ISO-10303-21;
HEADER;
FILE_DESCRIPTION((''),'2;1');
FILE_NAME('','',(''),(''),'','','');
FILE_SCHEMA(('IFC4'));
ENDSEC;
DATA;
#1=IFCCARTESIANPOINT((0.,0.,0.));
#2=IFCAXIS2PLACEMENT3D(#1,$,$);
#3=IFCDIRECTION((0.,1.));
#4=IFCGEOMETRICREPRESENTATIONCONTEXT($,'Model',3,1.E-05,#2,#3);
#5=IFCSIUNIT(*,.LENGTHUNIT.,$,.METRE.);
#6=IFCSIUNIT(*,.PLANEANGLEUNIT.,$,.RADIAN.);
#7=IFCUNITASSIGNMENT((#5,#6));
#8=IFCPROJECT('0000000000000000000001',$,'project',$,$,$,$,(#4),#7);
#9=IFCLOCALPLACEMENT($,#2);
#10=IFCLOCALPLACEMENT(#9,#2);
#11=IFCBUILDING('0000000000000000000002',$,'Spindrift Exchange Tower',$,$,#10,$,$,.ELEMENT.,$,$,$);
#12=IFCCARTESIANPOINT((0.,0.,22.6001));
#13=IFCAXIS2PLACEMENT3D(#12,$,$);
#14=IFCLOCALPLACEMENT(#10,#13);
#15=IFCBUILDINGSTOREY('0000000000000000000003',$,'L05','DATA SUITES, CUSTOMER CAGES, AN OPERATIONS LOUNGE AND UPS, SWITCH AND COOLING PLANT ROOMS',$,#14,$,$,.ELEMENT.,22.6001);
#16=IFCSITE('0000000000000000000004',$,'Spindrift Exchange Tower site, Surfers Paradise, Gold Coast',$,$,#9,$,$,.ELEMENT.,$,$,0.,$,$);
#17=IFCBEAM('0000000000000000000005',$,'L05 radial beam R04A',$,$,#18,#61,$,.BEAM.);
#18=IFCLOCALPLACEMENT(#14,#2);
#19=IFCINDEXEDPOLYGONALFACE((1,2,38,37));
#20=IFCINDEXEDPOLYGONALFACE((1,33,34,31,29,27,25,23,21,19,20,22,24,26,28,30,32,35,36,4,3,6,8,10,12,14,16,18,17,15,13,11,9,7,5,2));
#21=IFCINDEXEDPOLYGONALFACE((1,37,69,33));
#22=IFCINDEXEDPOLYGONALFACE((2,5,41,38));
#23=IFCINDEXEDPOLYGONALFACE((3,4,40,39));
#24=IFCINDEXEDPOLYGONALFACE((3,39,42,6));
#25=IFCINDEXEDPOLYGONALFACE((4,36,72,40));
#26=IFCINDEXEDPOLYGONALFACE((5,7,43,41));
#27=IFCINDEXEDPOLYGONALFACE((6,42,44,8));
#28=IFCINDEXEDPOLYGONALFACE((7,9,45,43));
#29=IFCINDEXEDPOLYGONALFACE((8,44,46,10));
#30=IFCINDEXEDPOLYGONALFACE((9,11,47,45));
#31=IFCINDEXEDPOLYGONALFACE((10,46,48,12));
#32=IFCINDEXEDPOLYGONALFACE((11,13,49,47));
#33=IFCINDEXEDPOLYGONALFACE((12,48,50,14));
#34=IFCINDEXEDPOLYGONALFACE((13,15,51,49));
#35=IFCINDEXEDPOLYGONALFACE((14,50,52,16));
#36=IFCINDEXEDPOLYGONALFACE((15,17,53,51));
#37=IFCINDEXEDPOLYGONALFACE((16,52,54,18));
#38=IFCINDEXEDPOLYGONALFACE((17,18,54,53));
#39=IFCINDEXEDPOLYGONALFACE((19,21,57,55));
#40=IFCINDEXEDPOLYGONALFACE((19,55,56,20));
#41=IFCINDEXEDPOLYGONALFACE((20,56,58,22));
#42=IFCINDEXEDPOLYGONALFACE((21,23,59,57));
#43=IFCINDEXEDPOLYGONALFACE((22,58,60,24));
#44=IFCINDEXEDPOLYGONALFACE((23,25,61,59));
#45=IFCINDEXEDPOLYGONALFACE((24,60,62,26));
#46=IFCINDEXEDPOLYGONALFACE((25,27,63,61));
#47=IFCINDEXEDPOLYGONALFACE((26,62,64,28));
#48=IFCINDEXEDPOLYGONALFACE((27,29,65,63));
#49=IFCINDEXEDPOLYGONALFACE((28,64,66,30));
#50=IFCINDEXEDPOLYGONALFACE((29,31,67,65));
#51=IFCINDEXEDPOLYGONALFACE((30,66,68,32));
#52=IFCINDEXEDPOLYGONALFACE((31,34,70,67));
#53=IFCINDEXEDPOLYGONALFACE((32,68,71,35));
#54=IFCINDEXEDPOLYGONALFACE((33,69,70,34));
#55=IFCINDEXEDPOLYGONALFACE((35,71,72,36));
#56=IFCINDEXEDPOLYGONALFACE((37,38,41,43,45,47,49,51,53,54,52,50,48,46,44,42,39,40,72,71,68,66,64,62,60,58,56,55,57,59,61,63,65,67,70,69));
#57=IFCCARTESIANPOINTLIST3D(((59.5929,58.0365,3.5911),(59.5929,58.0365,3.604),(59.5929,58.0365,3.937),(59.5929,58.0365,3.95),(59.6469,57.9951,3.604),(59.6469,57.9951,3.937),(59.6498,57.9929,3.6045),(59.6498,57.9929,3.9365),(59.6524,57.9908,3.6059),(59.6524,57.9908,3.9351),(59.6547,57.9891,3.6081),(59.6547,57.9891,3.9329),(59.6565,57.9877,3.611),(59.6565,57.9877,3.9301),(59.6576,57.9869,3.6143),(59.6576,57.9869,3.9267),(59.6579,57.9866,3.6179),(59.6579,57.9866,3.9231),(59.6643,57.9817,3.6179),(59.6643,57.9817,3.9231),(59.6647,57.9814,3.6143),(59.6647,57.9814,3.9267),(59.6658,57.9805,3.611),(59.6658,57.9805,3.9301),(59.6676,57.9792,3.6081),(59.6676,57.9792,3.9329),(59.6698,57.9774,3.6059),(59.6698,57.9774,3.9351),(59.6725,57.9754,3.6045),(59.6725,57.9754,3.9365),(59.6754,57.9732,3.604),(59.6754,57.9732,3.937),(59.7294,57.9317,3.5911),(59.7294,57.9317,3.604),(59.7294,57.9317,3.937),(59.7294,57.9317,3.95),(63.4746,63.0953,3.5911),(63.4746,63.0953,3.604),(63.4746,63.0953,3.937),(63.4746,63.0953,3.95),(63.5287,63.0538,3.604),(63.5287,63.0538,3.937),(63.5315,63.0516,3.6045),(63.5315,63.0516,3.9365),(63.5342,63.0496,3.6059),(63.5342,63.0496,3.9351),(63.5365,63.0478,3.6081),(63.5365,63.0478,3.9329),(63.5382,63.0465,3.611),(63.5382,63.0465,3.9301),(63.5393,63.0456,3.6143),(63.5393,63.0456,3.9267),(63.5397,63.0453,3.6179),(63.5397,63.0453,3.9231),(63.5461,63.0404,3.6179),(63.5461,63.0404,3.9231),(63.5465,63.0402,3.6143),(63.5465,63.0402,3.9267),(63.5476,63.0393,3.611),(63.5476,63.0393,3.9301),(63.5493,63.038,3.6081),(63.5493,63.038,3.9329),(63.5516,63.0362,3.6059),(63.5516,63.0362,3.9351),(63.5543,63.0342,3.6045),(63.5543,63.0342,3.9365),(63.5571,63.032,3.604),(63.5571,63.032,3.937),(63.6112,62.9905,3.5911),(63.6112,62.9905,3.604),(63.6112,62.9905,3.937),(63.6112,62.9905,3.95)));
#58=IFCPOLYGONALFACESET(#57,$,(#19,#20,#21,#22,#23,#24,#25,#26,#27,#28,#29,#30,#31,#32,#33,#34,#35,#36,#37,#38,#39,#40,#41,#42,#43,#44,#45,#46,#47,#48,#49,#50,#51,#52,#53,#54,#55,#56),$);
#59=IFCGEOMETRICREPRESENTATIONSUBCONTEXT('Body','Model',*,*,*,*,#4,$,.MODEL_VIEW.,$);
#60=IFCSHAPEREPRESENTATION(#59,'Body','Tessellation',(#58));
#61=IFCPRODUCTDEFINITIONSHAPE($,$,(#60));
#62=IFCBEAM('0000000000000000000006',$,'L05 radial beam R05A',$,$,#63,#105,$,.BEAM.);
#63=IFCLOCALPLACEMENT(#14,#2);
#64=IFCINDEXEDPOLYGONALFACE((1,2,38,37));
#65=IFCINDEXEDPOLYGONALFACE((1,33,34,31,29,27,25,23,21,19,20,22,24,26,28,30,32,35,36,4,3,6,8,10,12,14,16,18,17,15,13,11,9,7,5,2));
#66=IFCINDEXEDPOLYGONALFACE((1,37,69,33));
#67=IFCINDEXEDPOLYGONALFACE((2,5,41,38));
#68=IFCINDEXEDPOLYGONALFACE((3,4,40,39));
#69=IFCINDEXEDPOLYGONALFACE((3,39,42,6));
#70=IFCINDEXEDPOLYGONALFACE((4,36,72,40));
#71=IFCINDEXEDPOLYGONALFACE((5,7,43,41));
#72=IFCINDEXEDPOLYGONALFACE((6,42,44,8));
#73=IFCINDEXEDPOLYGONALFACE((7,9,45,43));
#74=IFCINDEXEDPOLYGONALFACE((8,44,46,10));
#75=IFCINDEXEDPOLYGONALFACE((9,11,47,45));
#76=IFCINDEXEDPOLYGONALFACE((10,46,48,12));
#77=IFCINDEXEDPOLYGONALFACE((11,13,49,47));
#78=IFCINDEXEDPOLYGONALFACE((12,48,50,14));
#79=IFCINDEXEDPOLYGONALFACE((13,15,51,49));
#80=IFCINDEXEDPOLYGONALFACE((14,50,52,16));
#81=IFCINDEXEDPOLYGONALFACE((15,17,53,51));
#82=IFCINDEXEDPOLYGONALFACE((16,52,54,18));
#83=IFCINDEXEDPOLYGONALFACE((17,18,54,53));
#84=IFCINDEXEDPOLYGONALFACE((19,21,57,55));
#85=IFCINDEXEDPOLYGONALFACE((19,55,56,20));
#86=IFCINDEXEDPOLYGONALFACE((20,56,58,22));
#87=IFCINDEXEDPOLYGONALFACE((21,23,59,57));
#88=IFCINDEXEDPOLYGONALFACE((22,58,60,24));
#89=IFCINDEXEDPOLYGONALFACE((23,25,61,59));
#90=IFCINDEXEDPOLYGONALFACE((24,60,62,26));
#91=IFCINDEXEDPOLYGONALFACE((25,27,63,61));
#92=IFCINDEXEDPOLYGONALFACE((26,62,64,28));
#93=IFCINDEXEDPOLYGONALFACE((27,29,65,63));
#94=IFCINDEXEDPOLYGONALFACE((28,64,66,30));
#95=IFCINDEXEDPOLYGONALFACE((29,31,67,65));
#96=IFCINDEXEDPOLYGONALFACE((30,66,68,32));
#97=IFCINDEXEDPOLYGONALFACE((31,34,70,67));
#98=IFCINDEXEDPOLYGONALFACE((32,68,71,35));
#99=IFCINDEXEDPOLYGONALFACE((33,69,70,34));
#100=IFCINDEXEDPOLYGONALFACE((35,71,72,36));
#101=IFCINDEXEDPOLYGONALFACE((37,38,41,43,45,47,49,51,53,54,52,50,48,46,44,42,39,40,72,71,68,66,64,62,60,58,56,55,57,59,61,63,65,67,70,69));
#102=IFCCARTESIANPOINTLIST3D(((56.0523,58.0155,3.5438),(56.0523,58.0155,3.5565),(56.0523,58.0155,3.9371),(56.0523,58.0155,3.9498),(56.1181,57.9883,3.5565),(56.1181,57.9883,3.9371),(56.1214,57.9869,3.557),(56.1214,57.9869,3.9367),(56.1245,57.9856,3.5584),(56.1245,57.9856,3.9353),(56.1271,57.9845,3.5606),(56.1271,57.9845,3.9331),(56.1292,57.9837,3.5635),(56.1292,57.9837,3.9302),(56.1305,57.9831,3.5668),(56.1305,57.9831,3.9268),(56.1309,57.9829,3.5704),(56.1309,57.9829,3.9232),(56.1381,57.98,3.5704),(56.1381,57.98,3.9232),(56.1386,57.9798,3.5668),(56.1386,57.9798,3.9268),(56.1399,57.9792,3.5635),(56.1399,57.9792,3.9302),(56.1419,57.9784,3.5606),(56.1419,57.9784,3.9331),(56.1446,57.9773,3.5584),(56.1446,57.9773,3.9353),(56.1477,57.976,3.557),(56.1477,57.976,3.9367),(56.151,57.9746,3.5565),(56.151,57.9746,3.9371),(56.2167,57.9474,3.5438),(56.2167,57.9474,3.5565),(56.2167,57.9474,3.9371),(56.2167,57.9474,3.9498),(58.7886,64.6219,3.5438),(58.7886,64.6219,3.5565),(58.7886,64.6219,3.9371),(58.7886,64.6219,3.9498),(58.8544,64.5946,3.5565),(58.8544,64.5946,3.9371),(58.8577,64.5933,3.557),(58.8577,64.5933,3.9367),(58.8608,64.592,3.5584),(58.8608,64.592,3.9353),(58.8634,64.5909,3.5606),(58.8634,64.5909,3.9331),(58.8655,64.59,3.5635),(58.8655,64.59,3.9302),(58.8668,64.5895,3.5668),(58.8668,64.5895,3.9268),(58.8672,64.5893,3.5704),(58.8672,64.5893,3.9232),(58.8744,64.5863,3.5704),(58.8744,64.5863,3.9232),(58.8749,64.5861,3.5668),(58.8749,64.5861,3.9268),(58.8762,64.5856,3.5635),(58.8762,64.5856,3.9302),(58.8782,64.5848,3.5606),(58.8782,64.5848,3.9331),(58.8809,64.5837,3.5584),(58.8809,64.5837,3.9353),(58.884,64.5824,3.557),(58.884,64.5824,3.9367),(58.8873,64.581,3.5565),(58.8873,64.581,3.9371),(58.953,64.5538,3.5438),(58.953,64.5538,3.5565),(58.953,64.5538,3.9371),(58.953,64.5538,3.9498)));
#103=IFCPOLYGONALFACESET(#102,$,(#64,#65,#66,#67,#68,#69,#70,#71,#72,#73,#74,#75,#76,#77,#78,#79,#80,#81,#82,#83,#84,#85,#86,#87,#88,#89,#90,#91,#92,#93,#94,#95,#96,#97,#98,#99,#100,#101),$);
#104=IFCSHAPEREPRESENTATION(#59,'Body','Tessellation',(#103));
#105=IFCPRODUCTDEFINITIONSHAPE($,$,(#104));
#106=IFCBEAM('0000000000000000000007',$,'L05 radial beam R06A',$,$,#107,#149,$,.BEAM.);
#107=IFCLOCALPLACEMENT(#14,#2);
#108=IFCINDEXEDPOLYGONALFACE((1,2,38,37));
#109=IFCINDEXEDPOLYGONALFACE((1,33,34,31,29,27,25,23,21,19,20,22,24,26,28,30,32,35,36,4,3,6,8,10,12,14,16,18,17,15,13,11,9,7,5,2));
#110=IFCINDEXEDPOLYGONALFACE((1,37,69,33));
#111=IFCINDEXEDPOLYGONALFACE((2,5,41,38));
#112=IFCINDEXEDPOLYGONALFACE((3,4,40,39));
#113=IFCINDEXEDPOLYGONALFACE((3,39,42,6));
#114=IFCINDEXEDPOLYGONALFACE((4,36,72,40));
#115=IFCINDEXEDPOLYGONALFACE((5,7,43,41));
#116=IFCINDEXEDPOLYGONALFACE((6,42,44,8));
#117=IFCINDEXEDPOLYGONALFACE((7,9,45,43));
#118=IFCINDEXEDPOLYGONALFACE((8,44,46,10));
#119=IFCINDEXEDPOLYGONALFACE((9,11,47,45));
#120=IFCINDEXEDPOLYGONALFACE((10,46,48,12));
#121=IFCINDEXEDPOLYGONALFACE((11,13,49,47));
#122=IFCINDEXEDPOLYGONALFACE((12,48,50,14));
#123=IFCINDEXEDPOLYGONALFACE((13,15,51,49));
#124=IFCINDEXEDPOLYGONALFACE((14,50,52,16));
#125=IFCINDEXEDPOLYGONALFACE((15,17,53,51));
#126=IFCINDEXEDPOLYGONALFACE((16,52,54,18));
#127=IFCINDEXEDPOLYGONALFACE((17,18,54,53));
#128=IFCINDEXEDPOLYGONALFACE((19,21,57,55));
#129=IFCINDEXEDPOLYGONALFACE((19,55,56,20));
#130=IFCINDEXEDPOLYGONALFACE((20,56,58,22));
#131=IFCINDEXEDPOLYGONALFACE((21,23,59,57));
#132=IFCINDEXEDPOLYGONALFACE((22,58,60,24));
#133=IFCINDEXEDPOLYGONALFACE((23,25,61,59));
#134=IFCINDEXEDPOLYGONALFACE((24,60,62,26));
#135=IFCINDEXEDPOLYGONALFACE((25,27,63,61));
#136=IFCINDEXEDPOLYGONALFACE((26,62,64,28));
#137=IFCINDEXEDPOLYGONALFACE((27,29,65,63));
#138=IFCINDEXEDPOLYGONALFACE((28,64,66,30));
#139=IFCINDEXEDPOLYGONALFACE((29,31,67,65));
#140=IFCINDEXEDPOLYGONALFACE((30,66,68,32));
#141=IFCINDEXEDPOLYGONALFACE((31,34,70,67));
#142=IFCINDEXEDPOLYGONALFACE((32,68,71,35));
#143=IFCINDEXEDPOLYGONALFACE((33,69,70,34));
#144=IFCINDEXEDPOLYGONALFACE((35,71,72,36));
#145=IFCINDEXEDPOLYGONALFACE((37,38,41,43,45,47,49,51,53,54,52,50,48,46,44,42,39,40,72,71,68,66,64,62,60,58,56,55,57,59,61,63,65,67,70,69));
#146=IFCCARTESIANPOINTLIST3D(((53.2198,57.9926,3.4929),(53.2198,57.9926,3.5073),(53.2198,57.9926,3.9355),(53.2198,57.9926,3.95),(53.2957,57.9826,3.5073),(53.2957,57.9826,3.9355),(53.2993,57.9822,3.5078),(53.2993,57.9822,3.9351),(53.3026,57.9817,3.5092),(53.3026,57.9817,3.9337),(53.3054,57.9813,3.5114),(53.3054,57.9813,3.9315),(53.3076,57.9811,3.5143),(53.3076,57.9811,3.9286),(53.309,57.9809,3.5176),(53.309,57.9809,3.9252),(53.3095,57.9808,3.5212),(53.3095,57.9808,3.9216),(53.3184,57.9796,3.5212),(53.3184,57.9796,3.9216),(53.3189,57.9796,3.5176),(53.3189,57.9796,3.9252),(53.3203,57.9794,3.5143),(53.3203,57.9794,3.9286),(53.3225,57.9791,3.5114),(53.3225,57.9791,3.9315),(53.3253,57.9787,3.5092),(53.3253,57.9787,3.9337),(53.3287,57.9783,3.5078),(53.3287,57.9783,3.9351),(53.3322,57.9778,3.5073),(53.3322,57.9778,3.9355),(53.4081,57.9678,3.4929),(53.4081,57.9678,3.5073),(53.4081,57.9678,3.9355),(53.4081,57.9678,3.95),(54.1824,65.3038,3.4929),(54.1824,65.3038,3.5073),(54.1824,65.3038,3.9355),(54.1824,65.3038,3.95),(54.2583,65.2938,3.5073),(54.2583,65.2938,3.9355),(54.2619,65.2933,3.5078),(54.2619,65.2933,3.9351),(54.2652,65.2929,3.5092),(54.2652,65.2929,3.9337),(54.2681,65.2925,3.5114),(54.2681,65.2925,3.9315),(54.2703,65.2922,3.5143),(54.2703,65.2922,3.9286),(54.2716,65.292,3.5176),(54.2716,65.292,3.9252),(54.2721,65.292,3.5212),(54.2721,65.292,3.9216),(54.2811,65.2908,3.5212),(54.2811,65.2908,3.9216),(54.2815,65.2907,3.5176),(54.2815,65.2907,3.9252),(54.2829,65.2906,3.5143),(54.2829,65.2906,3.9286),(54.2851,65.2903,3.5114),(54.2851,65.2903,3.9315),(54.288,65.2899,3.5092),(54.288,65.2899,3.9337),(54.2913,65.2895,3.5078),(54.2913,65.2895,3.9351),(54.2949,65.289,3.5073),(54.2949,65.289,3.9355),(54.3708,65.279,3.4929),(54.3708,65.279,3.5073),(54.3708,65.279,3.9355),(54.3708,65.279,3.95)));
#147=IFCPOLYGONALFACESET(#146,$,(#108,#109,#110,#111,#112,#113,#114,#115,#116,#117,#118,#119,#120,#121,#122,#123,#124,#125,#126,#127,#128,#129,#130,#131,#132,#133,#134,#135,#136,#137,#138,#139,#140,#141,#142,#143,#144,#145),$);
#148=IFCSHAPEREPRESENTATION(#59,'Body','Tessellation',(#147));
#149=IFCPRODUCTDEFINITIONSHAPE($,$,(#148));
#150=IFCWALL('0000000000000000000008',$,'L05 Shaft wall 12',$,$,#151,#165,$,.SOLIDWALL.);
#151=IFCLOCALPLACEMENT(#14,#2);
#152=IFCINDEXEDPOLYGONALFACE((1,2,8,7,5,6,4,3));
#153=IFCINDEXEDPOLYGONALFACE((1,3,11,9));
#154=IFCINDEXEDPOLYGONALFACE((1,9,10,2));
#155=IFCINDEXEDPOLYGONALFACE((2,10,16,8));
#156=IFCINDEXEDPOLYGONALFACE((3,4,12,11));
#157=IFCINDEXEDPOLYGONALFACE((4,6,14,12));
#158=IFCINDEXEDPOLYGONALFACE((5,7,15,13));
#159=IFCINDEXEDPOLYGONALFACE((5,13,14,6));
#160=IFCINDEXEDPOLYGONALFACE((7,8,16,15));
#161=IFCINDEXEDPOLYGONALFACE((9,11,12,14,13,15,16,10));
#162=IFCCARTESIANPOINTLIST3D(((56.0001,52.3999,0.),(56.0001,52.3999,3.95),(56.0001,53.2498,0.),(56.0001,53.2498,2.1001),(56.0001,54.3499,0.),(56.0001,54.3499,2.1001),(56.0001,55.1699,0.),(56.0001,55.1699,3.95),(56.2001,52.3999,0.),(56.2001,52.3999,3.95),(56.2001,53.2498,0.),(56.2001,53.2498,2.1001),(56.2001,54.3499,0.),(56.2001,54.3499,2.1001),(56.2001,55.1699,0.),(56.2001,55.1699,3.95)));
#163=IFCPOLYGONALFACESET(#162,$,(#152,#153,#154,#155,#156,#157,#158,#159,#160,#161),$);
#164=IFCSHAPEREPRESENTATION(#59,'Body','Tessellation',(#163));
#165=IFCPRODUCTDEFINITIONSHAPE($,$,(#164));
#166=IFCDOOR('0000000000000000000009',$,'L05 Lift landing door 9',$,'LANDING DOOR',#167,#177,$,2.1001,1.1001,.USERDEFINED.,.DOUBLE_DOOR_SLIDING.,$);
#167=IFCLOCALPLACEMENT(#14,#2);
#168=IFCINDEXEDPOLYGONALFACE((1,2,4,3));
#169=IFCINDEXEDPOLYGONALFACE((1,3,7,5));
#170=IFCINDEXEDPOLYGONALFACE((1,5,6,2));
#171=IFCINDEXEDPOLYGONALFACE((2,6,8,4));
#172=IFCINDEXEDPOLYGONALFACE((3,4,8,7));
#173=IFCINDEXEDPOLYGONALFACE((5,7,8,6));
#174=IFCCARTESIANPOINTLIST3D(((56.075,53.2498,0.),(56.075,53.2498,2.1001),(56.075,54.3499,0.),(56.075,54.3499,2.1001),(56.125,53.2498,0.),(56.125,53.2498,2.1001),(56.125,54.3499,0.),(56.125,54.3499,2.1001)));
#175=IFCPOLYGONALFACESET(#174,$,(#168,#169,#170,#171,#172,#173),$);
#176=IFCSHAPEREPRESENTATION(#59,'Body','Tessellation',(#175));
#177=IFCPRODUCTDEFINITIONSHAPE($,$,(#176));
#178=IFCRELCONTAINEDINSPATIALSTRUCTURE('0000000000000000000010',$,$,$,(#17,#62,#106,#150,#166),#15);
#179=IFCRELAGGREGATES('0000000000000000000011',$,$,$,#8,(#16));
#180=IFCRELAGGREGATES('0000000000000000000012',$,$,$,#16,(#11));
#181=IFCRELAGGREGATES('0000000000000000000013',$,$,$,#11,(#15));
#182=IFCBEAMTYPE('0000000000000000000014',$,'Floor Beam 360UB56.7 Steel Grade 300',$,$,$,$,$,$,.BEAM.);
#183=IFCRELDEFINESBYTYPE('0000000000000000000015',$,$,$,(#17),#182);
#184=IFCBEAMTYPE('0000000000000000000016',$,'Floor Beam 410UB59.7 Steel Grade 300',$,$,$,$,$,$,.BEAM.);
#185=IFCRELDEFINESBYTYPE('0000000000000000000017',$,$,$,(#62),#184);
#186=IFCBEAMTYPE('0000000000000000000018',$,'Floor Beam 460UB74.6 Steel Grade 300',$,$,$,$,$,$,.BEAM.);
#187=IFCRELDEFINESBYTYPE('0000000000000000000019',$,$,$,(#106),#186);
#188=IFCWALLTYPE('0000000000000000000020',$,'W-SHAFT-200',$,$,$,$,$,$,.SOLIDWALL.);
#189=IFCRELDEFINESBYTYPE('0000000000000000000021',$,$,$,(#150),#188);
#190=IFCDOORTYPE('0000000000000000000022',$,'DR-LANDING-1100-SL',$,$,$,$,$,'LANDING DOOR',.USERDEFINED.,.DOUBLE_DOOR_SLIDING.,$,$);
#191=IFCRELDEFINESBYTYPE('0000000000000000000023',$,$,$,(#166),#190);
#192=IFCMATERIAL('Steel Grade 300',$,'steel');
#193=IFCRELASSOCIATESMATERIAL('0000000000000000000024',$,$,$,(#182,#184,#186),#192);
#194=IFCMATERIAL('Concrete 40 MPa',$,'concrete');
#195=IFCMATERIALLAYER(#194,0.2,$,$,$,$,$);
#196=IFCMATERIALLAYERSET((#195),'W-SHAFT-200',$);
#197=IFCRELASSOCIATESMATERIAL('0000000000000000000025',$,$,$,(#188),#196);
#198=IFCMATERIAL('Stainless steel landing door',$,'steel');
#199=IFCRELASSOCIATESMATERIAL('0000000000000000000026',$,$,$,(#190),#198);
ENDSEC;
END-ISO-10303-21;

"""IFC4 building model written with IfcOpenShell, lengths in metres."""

from ifc_helpers import new_model, si_unit, direction, frame, frame_2d, origin, origin_2d, place, context, subcontext, project, spatial, rectangle, i_section, extrude, source, transform, mapped, material, layer, layer_set, material_profile, profile_set, type_object, element, fill, save


model = new_model("IFC4")

# Units and contexts
model_context = context("Model", 3, precision=1e-05, world=origin(), true_north=direction((0.0, 1.0)))
body_context = subcontext(model_context, "Body", "Model", "MODEL_VIEW")
ifc_project = project(units=[si_unit("LENGTHUNIT", "METRE"), si_unit("PLANEANGLEUNIT", "RADIAN")], contexts=[model_context])

# Site, building, storey
site_placement = place(None, origin())
site = spatial("IfcSite", under=ifc_project, at=site_placement, Name="Spindrift Exchange Tower site, Surfers Paradise, Gold Coast", CompositionType="ELEMENT", RefElevation=0.0)
building_placement = place(site_placement, origin())
building = spatial("IfcBuilding", under=site, at=building_placement, Name="Spindrift Exchange Tower", CompositionType="ELEMENT")
storey_placement = place(building_placement, frame((0.0, 0.0, 22.6001)))
storey = spatial("IfcBuildingStorey", under=building, at=storey_placement, Name="L05", Description="DATA SUITES, CUSTOMER CAGES, AN OPERATIONS LOUNGE AND UPS, SWITCH AND COOLING PLANT ROOMS", CompositionType="ELEMENT", Elevation=22.6001)

# Beams
ifc_material_1 = material(Name="Steel Grade 300", Category="steel")
ifc_material_profile_1 = material_profile(ifc_material_1, i_section(OverallWidth=0.1721, OverallDepth=0.3589, WebThickness=0.0081, FlangeThickness=0.0129, FilletRadius=0.0139, at=origin_2d()), Name="360UB56.7")
ifc_profile_set_1 = profile_set([ifc_material_profile_1], Name="Steel Grade 300")
beam_type_1 = type_object("IfcBeamType", Name="Floor Beam 360UB56.7 Steel Grade 300", PredefinedType="BEAM", material=ifc_profile_set_1)
shared_shape_1 = source(origin(), body_context, "Body", "SweptSolid", [
    extrude(i_section(OverallWidth=0.1721, OverallDepth=0.3589, WebThickness=0.0081, FlangeThickness=0.0129, FilletRadius=0.0139, at=origin_2d()), origin(), (0.0, 0.0, 1.0), 6.3765),
])
beam_1_placement = place(storey_placement, frame((59.6611, 57.9841, 3.7705), z_axis=(0.608767, 0.793349, 0.0), x_axis=(-0.793349, 0.608767, 0.0)))
element("IfcBeam", 1, at=beam_1_placement, inside=storey, type_object=beam_type_1, Name="L05 radial beam R04A", PredefinedType="BEAM", context=body_context, shape_type="MappedRepresentation", body=[
    mapped(shared_shape_1, transform((0.0, 0.0, 0.0), scale=1.0)),
])
ifc_material_profile_2 = material_profile(ifc_material_1, i_section(OverallWidth=0.178, OverallDepth=0.406, WebThickness=0.0078, FlangeThickness=0.0127, FilletRadius=0.0139, at=origin_2d()), Name="410UB59.7")
ifc_profile_set_2 = profile_set([ifc_material_profile_2], Name="Steel Grade 300")
beam_type_2 = type_object("IfcBeamType", Name="Floor Beam 410UB59.7 Steel Grade 300", PredefinedType="BEAM", material=ifc_profile_set_2)
shared_shape_2 = source(origin(), body_context, "Body", "SweptSolid", [
    extrude(i_section(OverallWidth=0.178, OverallDepth=0.406, WebThickness=0.0078, FlangeThickness=0.0127, FilletRadius=0.0139, at=origin_2d()), origin(), (0.0, 0.0, 1.0), 7.1506),
])
beam_2_placement = place(storey_placement, frame((56.1345, 57.9814, 3.7468), z_axis=(0.382665, 0.923887, 0.0), x_axis=(-0.923887, 0.382665, 0.0)))
element("IfcBeam", 2, at=beam_2_placement, inside=storey, type_object=beam_type_2, Name="L05 radial beam R05A", PredefinedType="BEAM", context=body_context, shape_type="MappedRepresentation", body=[
    mapped(shared_shape_2, transform((0.0, 0.0, 0.0), scale=1.0)),
])
ifc_material_profile_3 = material_profile(ifc_material_1, i_section(OverallWidth=0.1899, OverallDepth=0.457, WebThickness=0.009, FlangeThickness=0.0144, FilletRadius=0.0139, at=origin_2d()), Name="460UB74.6")
ifc_profile_set_3 = profile_set([ifc_material_profile_3], Name="Steel Grade 300")
beam_type_3 = type_object("IfcBeamType", Name="Floor Beam 460UB74.6 Steel Grade 300", PredefinedType="BEAM", material=ifc_profile_set_3)
shared_shape_3 = source(origin(), body_context, "Body", "SweptSolid", [
    extrude(i_section(OverallWidth=0.1899, OverallDepth=0.457, WebThickness=0.009, FlangeThickness=0.0144, FilletRadius=0.0139, at=origin_2d()), origin(), (0.0, 0.0, 1.0), 7.3743),
])
beam_3_placement = place(storey_placement, frame((53.314, 57.9802, 3.7214), z_axis=(0.130539, 0.991443, 0.0), x_axis=(-0.991443, 0.130539, 0.0)))
element("IfcBeam", 3, at=beam_3_placement, inside=storey, type_object=beam_type_3, Name="L05 radial beam R06A", PredefinedType="BEAM", context=body_context, shape_type="MappedRepresentation", body=[
    mapped(shared_shape_3, transform((0.0, 0.0, 0.0), scale=1.0)),
])

# Wall, opening, door
ifc_material_2 = material(Name="Concrete 40 MPa", Category="concrete")
ifc_layer_1 = layer(ifc_material_2, 0.2)
ifc_layer_set_1 = layer_set([ifc_layer_1], Name="W-SHAFT-200")
wall_type_1 = type_object("IfcWallType", Name="W-SHAFT-200", PredefinedType="SOLIDWALL", material=ifc_layer_set_1)
wall_1_placement = place(storey_placement, frame((56.1001, 55.1699, 0.0), z_axis=(0.0, 0.0, 1.0), x_axis=(0.0, -1.0, 0.0)))
wall_1 = element("IfcWall", 4, at=wall_1_placement, inside=storey, type_object=wall_type_1, Name="L05 Shaft wall 12", PredefinedType="SOLIDWALL", context=body_context, shape_type="SweptSolid", body=[
    extrude(rectangle(XDim=2.77, YDim=0.2, at=frame_2d((1.385, 0.0))), origin(), (0.0, 0.0, 1.0), 3.95),
])
opening_1_placement = place(wall_1_placement, frame((0.8201, 0.0, 0.0)))
opening_1 = element("IfcOpeningElement", 5, at=opening_1_placement, cuts=wall_1, PredefinedType="OPENING", context=body_context, shape_type="SweptSolid", body=[
    extrude(rectangle(XDim=1.1001, YDim=2.1001, at=frame_2d((0.55, 1.05))), frame((0.0, 0.1099, 0.0), z_axis=(0.0, -1.0, 0.0), x_axis=(1.0, 0.0, 0.0)), (0.0, 0.0, 1.0), 0.22),
])
ifc_material_3 = material(Name="Stainless steel landing door", Category="steel")
door_type_1 = type_object("IfcDoorType", Name="DR-LANDING-1100-SL", ElementType="LANDING DOOR", OperationType="DOUBLE_DOOR_SLIDING", PredefinedType="USERDEFINED", material=ifc_material_3)
shared_shape_4 = source(origin(), body_context, "Body", "SweptSolid", [
    extrude(rectangle(XDim=1.1001, YDim=2.1001, at=frame_2d((0.55, 1.05))), frame((0.0, 0.0249, 0.0), z_axis=(0.0, -1.0, 0.0), x_axis=(1.0, 0.0, 0.0)), (0.0, 0.0, 1.0), 0.05),
])
door_1_placement = place(opening_1_placement, origin())
door_1 = element("IfcDoor", 6, at=door_1_placement, inside=storey, type_object=door_type_1, Name="L05 Lift landing door 9", ObjectType="LANDING DOOR", OperationType="DOUBLE_DOOR_SLIDING", OverallHeight=2.1001, OverallWidth=1.1001, PredefinedType="USERDEFINED", context=body_context, shape_type="MappedRepresentation", body=[
    mapped(shared_shape_4, transform((0.0, 0.0, 0.0), scale=1.0)),
])
fill(opening_1, door_1)

save(model, "model.ifc")
